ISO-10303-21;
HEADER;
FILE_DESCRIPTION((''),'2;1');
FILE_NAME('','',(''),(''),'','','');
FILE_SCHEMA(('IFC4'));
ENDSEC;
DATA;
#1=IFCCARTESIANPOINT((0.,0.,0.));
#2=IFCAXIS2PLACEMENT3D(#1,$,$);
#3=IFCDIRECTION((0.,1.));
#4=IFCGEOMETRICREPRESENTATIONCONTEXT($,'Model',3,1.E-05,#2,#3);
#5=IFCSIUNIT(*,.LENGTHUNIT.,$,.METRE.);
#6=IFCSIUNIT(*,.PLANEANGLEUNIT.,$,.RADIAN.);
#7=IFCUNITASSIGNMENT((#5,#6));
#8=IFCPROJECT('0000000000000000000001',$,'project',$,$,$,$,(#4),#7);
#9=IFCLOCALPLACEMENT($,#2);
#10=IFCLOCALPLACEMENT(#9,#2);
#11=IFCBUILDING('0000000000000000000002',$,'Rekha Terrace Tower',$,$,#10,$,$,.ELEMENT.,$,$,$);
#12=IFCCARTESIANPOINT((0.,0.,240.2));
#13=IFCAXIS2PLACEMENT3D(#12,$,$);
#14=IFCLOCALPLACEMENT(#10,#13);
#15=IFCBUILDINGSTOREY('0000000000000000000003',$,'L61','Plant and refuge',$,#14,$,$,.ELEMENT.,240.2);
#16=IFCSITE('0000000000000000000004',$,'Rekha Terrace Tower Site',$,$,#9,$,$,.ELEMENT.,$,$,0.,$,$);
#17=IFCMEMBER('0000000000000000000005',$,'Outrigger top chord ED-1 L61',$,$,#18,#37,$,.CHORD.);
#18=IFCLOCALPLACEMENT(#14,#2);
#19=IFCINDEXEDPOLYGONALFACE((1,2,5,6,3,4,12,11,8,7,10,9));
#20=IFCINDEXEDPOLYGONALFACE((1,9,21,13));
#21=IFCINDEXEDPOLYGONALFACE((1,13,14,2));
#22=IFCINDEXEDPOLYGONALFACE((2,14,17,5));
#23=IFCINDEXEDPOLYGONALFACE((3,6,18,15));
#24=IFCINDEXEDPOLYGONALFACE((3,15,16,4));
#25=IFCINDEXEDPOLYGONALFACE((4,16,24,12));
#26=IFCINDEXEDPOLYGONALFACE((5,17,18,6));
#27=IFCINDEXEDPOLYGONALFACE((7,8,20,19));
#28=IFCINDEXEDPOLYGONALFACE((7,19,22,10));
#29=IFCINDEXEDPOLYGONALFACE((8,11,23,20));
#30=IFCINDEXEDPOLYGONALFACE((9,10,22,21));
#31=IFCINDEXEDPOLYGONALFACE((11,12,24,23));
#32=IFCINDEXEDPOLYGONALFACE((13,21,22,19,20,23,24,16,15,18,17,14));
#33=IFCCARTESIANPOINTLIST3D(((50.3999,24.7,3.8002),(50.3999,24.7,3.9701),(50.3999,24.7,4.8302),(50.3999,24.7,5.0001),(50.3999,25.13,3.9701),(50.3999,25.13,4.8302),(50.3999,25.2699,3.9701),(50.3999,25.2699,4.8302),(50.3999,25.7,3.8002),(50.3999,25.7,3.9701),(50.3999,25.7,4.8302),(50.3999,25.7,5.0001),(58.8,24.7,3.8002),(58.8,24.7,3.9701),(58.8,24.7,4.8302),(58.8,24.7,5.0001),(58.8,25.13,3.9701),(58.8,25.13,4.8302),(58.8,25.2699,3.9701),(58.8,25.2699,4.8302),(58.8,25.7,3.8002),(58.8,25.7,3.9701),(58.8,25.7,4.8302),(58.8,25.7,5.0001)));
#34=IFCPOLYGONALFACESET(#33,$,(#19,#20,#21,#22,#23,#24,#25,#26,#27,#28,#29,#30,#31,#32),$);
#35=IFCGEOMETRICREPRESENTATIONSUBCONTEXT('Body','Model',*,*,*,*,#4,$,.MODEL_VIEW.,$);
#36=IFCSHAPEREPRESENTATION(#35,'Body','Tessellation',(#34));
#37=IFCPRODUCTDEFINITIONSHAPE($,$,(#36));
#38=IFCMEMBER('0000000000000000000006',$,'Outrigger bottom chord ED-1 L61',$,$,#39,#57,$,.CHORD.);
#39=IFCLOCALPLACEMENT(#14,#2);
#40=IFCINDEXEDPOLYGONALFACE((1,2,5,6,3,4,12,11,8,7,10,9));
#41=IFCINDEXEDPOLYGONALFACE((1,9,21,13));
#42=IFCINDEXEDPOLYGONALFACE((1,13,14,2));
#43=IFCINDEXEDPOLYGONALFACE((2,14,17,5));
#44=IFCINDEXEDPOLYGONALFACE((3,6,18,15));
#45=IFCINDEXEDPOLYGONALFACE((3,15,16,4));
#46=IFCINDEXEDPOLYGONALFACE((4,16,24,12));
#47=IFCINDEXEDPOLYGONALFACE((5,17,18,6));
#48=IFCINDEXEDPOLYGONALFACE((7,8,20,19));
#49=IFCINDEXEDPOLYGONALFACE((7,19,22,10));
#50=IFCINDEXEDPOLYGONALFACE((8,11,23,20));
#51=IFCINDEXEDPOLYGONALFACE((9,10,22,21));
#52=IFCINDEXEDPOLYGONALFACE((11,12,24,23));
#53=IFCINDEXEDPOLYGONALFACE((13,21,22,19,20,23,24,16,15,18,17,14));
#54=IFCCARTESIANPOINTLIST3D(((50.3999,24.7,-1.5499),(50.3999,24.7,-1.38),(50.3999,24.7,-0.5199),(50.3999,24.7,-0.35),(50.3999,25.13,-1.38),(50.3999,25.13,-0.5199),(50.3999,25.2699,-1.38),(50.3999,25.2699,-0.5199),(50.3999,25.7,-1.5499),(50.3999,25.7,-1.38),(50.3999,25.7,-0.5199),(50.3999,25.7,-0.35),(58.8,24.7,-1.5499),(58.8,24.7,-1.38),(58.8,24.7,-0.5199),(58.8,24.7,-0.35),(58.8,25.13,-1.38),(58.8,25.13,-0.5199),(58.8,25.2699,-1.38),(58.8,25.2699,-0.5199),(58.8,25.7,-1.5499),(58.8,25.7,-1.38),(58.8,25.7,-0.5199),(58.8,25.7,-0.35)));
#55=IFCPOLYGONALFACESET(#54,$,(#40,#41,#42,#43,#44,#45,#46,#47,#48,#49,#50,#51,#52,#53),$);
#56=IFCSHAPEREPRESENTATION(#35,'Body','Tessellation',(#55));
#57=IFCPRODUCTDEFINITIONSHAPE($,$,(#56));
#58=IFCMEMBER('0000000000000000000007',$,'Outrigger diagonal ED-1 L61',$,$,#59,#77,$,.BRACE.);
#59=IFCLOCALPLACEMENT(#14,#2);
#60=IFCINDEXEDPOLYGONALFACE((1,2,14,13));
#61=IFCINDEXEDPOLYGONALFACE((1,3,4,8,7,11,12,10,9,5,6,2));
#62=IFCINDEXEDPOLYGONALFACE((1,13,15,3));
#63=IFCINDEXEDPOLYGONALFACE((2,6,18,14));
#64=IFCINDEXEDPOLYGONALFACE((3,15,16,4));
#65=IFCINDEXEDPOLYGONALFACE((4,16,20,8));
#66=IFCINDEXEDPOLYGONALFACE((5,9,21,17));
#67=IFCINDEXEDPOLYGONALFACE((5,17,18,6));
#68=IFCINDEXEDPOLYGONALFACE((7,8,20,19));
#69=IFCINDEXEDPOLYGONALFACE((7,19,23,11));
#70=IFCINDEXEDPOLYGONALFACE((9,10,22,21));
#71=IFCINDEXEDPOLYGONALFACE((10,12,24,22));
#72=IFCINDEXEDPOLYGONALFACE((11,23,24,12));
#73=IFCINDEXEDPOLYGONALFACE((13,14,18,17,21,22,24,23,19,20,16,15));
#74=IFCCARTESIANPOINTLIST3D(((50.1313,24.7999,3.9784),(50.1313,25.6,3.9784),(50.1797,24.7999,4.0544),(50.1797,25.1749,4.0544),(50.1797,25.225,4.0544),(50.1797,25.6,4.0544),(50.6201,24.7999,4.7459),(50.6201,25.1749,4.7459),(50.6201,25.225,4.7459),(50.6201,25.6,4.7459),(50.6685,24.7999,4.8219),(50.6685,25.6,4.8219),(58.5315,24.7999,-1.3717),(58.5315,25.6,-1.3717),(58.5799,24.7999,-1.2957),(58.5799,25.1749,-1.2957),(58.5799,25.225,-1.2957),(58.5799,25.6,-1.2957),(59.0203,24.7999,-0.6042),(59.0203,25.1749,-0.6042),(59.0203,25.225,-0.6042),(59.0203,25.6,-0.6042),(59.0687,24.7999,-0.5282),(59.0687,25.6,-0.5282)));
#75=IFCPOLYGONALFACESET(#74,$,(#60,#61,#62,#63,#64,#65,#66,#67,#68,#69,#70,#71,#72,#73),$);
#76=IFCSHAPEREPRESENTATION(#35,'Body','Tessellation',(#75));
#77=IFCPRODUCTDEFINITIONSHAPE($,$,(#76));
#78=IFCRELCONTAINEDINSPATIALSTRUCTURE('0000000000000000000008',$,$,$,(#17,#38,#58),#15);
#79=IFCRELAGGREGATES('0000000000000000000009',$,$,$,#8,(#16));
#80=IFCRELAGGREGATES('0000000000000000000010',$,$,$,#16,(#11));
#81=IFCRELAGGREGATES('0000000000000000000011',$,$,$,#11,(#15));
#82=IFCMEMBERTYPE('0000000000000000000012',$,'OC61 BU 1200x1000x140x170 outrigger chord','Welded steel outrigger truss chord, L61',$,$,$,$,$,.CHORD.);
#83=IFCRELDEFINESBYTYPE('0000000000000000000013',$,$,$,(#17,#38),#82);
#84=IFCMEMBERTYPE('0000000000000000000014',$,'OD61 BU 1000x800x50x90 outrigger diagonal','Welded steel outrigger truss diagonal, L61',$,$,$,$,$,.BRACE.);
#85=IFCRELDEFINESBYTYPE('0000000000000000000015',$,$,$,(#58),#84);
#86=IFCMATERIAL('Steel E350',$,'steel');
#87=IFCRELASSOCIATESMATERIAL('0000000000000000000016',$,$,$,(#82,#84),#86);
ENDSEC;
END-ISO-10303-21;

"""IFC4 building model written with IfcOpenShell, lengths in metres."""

from ifc_helpers import new_model, si_unit, direction, frame, origin, origin_2d, place, context, subcontext, project, spatial, i_section, extrude, material, material_profile, profile_set, type_object, element, save


model = new_model("IFC4")

# Units and contexts
model_context = context("Model", 3, precision=1e-05, world=origin(), true_north=direction((0.0, 1.0)))
body_context = subcontext(model_context, "Body", "Model", "MODEL_VIEW")
ifc_project = project(units=[si_unit("LENGTHUNIT", "METRE"), si_unit("PLANEANGLEUNIT", "RADIAN")], contexts=[model_context])

# Site, building, storey
site_placement = place(None, origin())
site = spatial("IfcSite", under=ifc_project, at=site_placement, Name="Rekha Terrace Tower Site", CompositionType="ELEMENT", RefElevation=0.0)
building_placement = place(site_placement, origin())
building = spatial("IfcBuilding", under=site, at=building_placement, Name="Rekha Terrace Tower", CompositionType="ELEMENT")
storey_placement = place(building_placement, frame((0.0, 0.0, 240.2)))
storey = spatial("IfcBuildingStorey", under=building, at=storey_placement, Name="L61", Description="Plant and refuge", CompositionType="ELEMENT", Elevation=240.2)

# Members
ifc_material_1 = material(Name="Steel E350", Category="steel")
ifc_material_profile_1 = material_profile(ifc_material_1, i_section(OverallWidth=1.0, OverallDepth=1.2, WebThickness=0.1399, FlangeThickness=0.1699, at=origin_2d()), Name="BU 1200x1000x140x170")
ifc_profile_set_1 = profile_set([ifc_material_profile_1], Name="Steel E350")
member_type_1 = type_object("IfcMemberType", Name="OC61 BU 1200x1000x140x170 outrigger chord", Description="Welded steel outrigger truss chord, L61", PredefinedType="CHORD", material=ifc_profile_set_1)
for number, where, z_axis, x_axis, name in (
    (1, (50.3999, 25.2, 4.4001), (1.0, 0.0, 0.0), (0.0, 1.0, 0.0), "Outrigger top chord ED-1 L61"),
    (2, (50.3999, 25.2, -0.95), (1.0, 0.0, 0.0), (0.0, 1.0, 0.0), "Outrigger bottom chord ED-1 L61"),
):
    element("IfcMember", number, at=place(storey_placement, frame(where, z_axis=z_axis, x_axis=x_axis)), inside=storey, type_object=member_type_1, Name=name, PredefinedType="CHORD", context=body_context, shape_type="SweptSolid", body=[
        extrude(i_section(OverallWidth=1.0, OverallDepth=1.2, WebThickness=0.1399, FlangeThickness=0.1699, at=origin_2d()), origin(), (0.0, 0.0, 1.0), 8.4001),
    ])
ifc_material_profile_2 = material_profile(ifc_material_1, i_section(OverallWidth=0.8, OverallDepth=1.0, WebThickness=0.05, FlangeThickness=0.0901, at=origin_2d()), Name="BU 1000x800x50x90")
ifc_profile_set_2 = profile_set([ifc_material_profile_2], Name="Steel E350")
member_type_2 = type_object("IfcMemberType", Name="OD61 BU 1000x800x50x90 outrigger diagonal", Description="Welded steel outrigger truss diagonal, L61", PredefinedType="BRACE", material=ifc_profile_set_2)
member_1_placement = place(storey_placement, frame((50.3999, 25.2, 4.4001), z_axis=(0.843454, 0.0, -0.537201), x_axis=(0.0, 1.0, 0.0)))
element("IfcMember", 3, at=member_1_placement, inside=storey, type_object=member_type_2, Name="Outrigger diagonal ED-1 L61", PredefinedType="BRACE", context=body_context, shape_type="SweptSolid", body=[
    extrude(i_section(OverallWidth=0.8, OverallDepth=1.0, WebThickness=0.05, FlangeThickness=0.0901, at=origin_2d()), origin(), (0.0, 0.0, 1.0), 9.9592),
])

save(model, "model.ifc")
